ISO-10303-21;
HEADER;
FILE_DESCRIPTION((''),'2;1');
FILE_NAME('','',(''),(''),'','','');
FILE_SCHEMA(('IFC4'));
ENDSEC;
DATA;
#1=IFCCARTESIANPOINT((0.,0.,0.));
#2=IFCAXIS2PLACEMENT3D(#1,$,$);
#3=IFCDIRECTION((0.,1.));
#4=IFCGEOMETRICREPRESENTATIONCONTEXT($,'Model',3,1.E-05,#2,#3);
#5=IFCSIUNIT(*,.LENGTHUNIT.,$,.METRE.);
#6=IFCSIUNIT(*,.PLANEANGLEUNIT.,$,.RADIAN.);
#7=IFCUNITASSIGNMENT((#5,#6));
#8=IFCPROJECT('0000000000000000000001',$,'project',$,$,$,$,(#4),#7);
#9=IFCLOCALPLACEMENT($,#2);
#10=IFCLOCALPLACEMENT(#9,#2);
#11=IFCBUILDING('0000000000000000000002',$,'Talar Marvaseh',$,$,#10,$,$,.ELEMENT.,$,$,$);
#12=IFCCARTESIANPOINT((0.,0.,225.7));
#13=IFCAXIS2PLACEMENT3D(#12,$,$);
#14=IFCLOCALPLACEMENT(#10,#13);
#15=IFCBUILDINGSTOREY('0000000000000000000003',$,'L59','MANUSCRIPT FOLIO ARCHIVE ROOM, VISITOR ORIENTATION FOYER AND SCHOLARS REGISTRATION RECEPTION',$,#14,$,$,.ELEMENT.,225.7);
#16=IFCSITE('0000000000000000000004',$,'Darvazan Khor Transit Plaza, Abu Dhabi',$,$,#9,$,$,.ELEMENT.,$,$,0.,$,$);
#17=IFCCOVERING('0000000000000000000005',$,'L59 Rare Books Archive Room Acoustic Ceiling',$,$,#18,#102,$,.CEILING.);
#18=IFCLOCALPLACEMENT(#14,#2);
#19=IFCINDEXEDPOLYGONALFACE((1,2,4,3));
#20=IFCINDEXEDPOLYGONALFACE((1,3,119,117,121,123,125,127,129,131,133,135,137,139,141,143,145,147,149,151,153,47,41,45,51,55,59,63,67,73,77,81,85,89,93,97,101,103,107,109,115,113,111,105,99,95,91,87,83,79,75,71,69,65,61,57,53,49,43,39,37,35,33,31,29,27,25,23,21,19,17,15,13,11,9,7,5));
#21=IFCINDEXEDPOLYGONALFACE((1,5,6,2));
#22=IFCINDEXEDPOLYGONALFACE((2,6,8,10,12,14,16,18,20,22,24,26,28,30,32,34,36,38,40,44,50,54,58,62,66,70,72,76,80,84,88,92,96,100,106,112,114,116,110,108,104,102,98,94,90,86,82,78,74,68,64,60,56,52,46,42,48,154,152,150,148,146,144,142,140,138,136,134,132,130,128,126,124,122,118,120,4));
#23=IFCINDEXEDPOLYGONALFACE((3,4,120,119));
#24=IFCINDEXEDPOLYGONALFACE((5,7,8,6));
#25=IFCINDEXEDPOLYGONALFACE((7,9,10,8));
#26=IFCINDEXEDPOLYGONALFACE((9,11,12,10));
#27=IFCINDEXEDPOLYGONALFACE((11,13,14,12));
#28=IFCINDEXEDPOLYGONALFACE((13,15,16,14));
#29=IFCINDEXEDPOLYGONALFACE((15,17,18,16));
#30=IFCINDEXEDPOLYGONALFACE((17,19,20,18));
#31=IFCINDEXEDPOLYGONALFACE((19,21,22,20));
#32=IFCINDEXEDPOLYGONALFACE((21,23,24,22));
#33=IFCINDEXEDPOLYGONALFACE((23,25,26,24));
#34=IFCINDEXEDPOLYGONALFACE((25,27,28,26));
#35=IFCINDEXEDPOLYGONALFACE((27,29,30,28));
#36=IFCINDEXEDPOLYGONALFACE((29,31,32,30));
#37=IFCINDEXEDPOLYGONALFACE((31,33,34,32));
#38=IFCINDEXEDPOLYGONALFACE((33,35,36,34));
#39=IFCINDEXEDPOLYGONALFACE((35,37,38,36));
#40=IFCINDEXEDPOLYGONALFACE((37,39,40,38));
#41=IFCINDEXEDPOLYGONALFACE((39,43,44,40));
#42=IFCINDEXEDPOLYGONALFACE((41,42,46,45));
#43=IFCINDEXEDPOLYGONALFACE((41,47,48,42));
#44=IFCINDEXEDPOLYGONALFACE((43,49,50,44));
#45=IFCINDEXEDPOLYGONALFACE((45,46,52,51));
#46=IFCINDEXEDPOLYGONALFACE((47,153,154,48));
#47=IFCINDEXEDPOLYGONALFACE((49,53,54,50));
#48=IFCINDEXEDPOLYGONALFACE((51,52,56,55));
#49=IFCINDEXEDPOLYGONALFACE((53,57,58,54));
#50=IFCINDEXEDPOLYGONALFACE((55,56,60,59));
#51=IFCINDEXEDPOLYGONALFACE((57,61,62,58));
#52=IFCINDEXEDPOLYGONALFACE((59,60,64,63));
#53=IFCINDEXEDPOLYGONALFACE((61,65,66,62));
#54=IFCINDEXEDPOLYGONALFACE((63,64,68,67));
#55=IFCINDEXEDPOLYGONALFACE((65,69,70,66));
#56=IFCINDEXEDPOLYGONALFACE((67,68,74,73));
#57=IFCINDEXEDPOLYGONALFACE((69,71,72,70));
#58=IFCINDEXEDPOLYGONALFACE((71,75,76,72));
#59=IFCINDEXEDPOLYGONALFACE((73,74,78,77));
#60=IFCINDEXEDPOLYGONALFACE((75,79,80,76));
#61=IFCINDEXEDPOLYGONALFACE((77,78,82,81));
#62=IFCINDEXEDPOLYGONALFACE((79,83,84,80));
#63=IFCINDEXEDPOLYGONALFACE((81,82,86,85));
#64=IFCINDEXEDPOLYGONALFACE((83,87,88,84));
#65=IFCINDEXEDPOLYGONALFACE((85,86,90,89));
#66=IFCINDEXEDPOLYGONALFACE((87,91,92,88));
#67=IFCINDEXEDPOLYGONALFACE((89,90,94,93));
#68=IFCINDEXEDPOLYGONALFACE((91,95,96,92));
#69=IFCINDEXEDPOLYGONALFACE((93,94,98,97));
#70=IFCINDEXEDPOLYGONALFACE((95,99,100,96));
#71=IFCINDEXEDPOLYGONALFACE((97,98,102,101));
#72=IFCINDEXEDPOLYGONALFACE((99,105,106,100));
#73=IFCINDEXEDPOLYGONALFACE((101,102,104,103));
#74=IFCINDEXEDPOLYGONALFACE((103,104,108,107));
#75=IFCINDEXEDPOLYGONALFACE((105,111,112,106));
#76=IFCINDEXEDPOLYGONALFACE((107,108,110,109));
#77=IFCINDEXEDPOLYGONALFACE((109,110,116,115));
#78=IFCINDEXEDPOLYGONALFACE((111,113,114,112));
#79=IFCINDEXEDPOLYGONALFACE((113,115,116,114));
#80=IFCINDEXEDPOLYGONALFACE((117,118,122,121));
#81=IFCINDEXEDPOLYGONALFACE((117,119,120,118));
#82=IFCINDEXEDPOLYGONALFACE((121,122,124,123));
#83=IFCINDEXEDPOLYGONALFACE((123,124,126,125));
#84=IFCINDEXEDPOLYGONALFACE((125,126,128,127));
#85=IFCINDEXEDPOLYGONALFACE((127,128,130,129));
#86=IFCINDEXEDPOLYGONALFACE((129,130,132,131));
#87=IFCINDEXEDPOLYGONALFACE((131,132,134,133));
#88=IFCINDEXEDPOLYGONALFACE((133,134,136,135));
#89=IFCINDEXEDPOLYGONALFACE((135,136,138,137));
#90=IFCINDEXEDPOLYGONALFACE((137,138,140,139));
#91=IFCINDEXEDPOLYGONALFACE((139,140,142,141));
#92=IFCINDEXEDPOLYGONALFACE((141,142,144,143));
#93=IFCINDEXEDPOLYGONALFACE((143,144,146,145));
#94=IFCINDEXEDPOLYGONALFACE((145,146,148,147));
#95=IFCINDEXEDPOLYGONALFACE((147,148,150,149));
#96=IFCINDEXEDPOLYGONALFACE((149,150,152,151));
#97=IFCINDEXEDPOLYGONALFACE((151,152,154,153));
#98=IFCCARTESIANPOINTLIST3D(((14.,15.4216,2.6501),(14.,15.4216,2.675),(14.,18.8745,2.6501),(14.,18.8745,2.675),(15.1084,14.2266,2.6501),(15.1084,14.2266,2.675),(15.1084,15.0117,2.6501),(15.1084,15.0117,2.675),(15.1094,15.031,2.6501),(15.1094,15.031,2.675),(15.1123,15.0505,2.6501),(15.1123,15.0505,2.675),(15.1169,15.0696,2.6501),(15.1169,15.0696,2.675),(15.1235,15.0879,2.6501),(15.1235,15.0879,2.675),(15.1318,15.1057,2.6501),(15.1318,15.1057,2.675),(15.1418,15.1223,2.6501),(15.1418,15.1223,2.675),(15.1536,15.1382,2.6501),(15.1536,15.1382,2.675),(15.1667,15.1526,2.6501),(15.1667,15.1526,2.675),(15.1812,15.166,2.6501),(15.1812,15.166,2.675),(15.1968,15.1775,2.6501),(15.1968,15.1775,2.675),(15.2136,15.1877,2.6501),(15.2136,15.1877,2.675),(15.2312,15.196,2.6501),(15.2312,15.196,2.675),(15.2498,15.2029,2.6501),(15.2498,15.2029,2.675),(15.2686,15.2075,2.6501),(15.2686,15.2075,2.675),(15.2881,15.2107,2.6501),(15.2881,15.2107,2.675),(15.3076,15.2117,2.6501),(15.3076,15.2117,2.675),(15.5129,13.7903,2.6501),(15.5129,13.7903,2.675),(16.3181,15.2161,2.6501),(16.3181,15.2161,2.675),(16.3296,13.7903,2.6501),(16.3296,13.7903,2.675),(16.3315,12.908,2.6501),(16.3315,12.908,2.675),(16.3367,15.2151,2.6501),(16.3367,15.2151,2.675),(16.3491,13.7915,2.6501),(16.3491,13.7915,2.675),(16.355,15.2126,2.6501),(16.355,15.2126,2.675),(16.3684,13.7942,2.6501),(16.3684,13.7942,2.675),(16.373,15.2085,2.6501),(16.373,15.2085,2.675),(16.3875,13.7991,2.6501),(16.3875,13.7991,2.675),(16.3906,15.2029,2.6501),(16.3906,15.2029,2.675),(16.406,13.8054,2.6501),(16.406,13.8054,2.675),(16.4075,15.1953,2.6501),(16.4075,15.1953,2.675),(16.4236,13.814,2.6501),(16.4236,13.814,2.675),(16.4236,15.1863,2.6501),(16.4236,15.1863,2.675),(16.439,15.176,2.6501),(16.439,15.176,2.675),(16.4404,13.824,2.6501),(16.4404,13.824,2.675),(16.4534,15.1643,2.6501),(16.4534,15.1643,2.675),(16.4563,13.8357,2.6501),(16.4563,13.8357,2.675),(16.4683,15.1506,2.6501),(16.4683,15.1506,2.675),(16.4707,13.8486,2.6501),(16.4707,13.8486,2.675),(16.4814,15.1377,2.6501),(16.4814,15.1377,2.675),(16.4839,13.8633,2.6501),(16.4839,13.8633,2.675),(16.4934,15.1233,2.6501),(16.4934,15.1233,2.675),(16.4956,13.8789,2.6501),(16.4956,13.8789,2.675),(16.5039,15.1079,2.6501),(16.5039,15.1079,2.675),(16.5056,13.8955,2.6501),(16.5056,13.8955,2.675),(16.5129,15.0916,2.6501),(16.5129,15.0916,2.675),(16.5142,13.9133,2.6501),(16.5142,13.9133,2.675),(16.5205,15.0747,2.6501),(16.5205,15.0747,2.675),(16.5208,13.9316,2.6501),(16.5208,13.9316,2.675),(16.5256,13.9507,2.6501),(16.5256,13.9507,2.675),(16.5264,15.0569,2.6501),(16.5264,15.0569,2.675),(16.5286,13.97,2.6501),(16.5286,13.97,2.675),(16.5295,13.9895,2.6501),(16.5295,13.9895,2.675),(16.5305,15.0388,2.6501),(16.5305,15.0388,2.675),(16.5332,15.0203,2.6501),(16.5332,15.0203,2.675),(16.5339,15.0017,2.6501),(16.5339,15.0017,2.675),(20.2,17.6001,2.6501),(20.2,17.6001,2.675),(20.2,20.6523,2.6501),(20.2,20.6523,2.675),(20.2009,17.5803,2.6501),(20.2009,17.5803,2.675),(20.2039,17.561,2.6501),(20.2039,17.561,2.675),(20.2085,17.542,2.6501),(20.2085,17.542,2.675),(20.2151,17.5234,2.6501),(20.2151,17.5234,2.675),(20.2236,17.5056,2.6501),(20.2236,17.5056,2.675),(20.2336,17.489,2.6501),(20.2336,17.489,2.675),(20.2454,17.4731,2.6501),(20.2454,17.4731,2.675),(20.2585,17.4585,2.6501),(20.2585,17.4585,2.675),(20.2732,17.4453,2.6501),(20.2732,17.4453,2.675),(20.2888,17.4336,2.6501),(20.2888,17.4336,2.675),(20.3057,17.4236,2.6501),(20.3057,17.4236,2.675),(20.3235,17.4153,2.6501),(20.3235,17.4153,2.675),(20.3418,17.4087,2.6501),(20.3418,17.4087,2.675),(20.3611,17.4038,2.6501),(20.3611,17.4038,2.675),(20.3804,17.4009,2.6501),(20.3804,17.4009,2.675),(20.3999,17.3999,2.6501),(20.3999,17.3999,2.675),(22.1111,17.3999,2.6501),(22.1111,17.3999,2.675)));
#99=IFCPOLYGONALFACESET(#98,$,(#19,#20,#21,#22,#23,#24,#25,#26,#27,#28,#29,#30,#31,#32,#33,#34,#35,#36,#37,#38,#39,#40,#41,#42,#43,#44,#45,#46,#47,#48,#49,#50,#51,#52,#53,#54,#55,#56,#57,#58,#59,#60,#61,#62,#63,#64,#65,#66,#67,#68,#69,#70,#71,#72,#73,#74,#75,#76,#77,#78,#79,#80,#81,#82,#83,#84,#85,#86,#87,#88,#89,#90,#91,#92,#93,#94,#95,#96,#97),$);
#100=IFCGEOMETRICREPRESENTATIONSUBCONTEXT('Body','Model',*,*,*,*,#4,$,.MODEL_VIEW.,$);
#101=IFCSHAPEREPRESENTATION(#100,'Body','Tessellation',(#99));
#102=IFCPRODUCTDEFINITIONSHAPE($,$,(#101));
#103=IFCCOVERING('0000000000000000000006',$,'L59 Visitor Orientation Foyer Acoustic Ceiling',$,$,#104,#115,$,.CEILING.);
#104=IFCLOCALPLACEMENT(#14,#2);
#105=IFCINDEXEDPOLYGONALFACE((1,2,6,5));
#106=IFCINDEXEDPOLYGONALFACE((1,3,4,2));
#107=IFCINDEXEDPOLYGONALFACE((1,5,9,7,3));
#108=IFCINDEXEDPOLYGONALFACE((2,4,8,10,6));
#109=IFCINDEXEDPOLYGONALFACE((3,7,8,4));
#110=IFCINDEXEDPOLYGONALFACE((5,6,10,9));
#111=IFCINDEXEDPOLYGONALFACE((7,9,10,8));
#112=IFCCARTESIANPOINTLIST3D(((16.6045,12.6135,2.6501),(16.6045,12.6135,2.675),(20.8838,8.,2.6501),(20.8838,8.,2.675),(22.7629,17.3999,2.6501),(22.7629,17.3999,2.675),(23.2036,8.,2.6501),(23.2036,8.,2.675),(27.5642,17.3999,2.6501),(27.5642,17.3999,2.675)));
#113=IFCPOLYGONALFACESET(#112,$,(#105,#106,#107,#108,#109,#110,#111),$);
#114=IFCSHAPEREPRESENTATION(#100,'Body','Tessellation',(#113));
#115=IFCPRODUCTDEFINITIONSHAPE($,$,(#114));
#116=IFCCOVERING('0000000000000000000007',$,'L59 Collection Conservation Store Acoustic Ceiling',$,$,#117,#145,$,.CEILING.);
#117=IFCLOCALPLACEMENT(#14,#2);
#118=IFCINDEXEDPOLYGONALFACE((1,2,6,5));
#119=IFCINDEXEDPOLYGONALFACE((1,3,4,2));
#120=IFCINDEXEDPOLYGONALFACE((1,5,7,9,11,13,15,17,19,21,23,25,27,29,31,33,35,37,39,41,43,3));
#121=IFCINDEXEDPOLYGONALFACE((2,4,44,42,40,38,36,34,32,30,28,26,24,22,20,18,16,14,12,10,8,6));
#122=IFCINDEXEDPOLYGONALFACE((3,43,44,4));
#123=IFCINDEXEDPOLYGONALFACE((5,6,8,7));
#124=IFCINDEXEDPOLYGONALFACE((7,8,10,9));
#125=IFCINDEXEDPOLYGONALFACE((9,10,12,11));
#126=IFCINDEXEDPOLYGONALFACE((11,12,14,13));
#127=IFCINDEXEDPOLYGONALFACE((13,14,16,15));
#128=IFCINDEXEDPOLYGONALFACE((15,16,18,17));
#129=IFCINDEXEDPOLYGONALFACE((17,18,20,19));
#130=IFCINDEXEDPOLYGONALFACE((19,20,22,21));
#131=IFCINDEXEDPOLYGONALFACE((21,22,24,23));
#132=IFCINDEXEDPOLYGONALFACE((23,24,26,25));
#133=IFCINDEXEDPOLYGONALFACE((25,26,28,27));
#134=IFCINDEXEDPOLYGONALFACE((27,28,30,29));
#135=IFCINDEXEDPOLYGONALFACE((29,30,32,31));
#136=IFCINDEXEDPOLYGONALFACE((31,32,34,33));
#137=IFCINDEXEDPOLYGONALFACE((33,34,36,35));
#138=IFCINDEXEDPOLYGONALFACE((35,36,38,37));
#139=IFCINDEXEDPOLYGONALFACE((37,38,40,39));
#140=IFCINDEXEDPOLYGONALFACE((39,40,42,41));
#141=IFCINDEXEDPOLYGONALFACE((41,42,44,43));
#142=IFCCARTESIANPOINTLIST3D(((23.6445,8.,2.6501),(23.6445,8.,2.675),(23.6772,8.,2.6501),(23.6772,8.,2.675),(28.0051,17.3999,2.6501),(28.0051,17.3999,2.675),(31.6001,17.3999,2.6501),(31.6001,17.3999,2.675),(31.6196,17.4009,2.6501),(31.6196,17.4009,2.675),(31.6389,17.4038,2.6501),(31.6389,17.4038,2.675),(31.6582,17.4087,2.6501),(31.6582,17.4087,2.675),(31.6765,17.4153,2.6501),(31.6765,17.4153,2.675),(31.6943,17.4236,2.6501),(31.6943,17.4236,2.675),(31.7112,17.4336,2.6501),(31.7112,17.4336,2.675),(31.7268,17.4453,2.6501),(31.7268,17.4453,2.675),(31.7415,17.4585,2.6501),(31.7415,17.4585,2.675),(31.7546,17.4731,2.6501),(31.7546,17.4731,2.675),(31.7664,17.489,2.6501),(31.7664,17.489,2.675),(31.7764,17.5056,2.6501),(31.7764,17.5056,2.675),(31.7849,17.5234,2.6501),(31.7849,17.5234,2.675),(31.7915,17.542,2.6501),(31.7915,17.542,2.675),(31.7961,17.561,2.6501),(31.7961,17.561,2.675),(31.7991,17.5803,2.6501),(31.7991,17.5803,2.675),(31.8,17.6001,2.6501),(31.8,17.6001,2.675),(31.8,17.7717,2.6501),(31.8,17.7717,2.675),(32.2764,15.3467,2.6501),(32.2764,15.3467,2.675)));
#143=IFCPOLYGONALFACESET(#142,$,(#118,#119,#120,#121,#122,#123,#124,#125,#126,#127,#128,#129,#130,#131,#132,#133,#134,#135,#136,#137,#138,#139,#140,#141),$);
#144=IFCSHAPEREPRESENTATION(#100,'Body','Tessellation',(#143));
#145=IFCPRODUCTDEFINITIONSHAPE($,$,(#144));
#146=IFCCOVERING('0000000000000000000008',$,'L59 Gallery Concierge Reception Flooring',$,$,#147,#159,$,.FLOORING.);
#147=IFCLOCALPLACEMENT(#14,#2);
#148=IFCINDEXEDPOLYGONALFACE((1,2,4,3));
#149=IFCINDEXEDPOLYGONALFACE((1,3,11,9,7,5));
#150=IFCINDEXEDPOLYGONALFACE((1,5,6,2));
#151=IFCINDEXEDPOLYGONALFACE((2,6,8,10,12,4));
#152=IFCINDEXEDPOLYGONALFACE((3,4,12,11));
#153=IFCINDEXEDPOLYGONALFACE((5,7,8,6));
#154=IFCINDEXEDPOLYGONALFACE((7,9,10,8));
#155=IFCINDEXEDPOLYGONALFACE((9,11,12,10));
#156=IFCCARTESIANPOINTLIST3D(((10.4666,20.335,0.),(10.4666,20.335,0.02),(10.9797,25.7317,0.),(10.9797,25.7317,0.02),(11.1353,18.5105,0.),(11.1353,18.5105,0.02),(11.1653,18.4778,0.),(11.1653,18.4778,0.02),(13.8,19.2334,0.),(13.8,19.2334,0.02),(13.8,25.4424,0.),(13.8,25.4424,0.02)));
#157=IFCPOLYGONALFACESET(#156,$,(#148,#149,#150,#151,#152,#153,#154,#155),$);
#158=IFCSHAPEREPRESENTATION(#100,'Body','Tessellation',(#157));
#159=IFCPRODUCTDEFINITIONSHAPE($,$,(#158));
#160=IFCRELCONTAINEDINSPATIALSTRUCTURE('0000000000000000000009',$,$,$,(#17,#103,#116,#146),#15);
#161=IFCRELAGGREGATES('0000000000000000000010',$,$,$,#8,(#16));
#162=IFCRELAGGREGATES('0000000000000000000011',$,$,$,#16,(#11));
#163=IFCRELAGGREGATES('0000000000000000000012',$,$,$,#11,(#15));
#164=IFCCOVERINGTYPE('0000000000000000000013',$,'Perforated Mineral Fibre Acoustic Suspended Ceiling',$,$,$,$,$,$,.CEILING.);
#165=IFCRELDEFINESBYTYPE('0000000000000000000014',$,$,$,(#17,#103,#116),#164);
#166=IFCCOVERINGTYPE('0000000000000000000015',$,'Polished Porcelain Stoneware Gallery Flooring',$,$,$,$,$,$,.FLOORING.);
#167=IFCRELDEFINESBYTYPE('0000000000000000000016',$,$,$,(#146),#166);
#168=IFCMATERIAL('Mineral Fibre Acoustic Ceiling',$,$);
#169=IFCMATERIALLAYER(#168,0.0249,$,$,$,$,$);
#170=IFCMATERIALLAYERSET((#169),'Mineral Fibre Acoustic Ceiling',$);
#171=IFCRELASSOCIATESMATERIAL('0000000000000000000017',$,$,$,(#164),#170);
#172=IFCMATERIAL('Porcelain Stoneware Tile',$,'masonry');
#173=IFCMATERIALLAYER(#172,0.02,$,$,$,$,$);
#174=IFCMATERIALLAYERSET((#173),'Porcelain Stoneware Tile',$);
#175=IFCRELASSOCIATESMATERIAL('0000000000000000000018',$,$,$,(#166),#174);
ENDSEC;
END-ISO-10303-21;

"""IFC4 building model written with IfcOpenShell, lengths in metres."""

from ifc_helpers import new_model, si_unit, direction, frame, origin, place, context, subcontext, project, spatial, polyline, outline, extrude, material, layer, layer_set, type_object, element, save


model = new_model("IFC4")

# Units and contexts
model_context = context("Model", 3, precision=1e-05, world=origin(), true_north=direction((0.0, 1.0)))
body_context = subcontext(model_context, "Body", "Model", "MODEL_VIEW")
ifc_project = project(units=[si_unit("LENGTHUNIT", "METRE"), si_unit("PLANEANGLEUNIT", "RADIAN")], contexts=[model_context])

# Site, building, storey
site_placement = place(None, origin())
site = spatial("IfcSite", under=ifc_project, at=site_placement, Name="Darvazan Khor Transit Plaza, Abu Dhabi", CompositionType="ELEMENT", RefElevation=0.0)
building_placement = place(site_placement, origin())
building = spatial("IfcBuilding", under=site, at=building_placement, Name="Talar Marvaseh", CompositionType="ELEMENT")
storey_placement = place(building_placement, frame((0.0, 0.0, 225.7)))
storey = spatial("IfcBuildingStorey", under=building, at=storey_placement, Name="L59", Description="MANUSCRIPT FOLIO ARCHIVE ROOM, VISITOR ORIENTATION FOYER AND SCHOLARS REGISTRATION RECEPTION", CompositionType="ELEMENT", Elevation=225.7)

# Coverings
ifc_material_1 = material(Name="Mineral Fibre Acoustic Ceiling")
ifc_layer_1 = layer(ifc_material_1, 0.0249)
ifc_layer_set_1 = layer_set([ifc_layer_1], Name="Mineral Fibre Acoustic Ceiling")
covering_type_1 = type_object("IfcCoveringType", Name="Perforated Mineral Fibre Acoustic Suspended Ceiling", PredefinedType="CEILING", material=ifc_layer_set_1)
covering_1_placement = place(storey_placement, frame((0.0, 0.0, 2.6501)))
element("IfcCovering", 1, at=covering_1_placement, inside=storey, type_object=covering_type_1, Name="L59 Rare Books Archive Room Acoustic Ceiling", PredefinedType="CEILING", context=body_context, shape_type="SweptSolid", body=[
    extrude(outline(polyline([(14.0, 18.8745), (20.2, 20.6523), (20.2, 17.6001), (20.2009, 17.5803), (20.2039, 17.561), (20.2085, 17.542), (20.2151, 17.5234), (20.2236, 17.5056), (20.2336, 17.489), (20.2454, 17.4731), (20.2585, 17.4585), (20.2732, 17.4453), (20.2888, 17.4336), (20.3057, 17.4236), (20.3235, 17.4153), (20.3418, 17.4087), (20.3611, 17.4038), (20.3804, 17.4009), (20.3999, 17.3999), (22.1111, 17.3999), (16.3315, 12.908), (15.5129, 13.7903), (16.3296, 13.7903), (16.3491, 13.7915), (16.3684, 13.7942), (16.3875, 13.7991), (16.406, 13.8054), (16.4236, 13.814), (16.4404, 13.824), (16.4563, 13.8357), (16.4707, 13.8486), (16.4839, 13.8633), (16.4956, 13.8789), (16.5056, 13.8955), (16.5142, 13.9133), (16.5208, 13.9316), (16.5256, 13.9507), (16.5286, 13.97), (16.5295, 13.9895), (16.5339, 15.0017), (16.5332, 15.0203), (16.5305, 15.0388), (16.5264, 15.0569), (16.5205, 15.0747), (16.5129, 15.0916), (16.5039, 15.1079), (16.4934, 15.1233), (16.4814, 15.1377), (16.4683, 15.1506), (16.4534, 15.1643), (16.439, 15.176), (16.4236, 15.1863), (16.4075, 15.1953), (16.3906, 15.2029), (16.373, 15.2085), (16.355, 15.2126), (16.3367, 15.2151), (16.3181, 15.2161), (15.3076, 15.2117), (15.2881, 15.2107), (15.2686, 15.2075), (15.2498, 15.2029), (15.2312, 15.196), (15.2136, 15.1877), (15.1968, 15.1775), (15.1812, 15.166), (15.1667, 15.1526), (15.1536, 15.1382), (15.1418, 15.1223), (15.1318, 15.1057), (15.1235, 15.0879), (15.1169, 15.0696), (15.1123, 15.0505), (15.1094, 15.031), (15.1084, 15.0117), (15.1084, 14.2266), (14.0, 15.4216), (14.0, 18.8745)])), origin(), (0.0, 0.0, 1.0), 0.0249),
])
covering_2_placement = place(storey_placement, frame((0.0, 0.0, 2.6501)))
element("IfcCovering", 2, at=covering_2_placement, inside=storey, type_object=covering_type_1, Name="L59 Visitor Orientation Foyer Acoustic Ceiling", PredefinedType="CEILING", context=body_context, shape_type="SweptSolid", body=[
    extrude(outline(polyline([(27.5642, 17.3999), (23.2036, 8.0), (20.8838, 8.0), (16.6045, 12.6135), (22.7629, 17.3999), (27.5642, 17.3999)])), origin(), (0.0, 0.0, 1.0), 0.0249),
])
covering_3_placement = place(storey_placement, frame((0.0, 0.0, 2.6501)))
element("IfcCovering", 3, at=covering_3_placement, inside=storey, type_object=covering_type_1, Name="L59 Collection Conservation Store Acoustic Ceiling", PredefinedType="CEILING", context=body_context, shape_type="SweptSolid", body=[
    extrude(outline(polyline([(31.6001, 17.3999), (31.6196, 17.4009), (31.6389, 17.4038), (31.6582, 17.4087), (31.6765, 17.4153), (31.6943, 17.4236), (31.7112, 17.4336), (31.7268, 17.4453), (31.7415, 17.4585), (31.7546, 17.4731), (31.7664, 17.489), (31.7764, 17.5056), (31.7849, 17.5234), (31.7915, 17.542), (31.7961, 17.561), (31.7991, 17.5803), (31.8, 17.6001), (31.8, 17.7717), (32.2764, 15.3467), (23.6772, 8.0), (23.6445, 8.0), (28.0051, 17.3999), (31.6001, 17.3999)])), origin(), (0.0, 0.0, 1.0), 0.0249),
])
ifc_material_2 = material(Name="Porcelain Stoneware Tile", Category="masonry")
ifc_layer_2 = layer(ifc_material_2, 0.02)
ifc_layer_set_2 = layer_set([ifc_layer_2], Name="Porcelain Stoneware Tile")
covering_type_2 = type_object("IfcCoveringType", Name="Polished Porcelain Stoneware Gallery Flooring", PredefinedType="FLOORING", material=ifc_layer_set_2)
covering_4_placement = place(storey_placement, origin())
element("IfcCovering", 4, at=covering_4_placement, inside=storey, type_object=covering_type_2, Name="L59 Gallery Concierge Reception Flooring", PredefinedType="FLOORING", context=body_context, shape_type="SweptSolid", body=[
    extrude(outline(polyline([(13.8, 25.4424), (13.8, 19.2334), (11.1653, 18.4778), (11.1353, 18.5105), (10.4666, 20.335), (10.9797, 25.7317), (13.8, 25.4424)])), origin(), (0.0, 0.0, 1.0), 0.02),
])

save(model, "model.ifc")
